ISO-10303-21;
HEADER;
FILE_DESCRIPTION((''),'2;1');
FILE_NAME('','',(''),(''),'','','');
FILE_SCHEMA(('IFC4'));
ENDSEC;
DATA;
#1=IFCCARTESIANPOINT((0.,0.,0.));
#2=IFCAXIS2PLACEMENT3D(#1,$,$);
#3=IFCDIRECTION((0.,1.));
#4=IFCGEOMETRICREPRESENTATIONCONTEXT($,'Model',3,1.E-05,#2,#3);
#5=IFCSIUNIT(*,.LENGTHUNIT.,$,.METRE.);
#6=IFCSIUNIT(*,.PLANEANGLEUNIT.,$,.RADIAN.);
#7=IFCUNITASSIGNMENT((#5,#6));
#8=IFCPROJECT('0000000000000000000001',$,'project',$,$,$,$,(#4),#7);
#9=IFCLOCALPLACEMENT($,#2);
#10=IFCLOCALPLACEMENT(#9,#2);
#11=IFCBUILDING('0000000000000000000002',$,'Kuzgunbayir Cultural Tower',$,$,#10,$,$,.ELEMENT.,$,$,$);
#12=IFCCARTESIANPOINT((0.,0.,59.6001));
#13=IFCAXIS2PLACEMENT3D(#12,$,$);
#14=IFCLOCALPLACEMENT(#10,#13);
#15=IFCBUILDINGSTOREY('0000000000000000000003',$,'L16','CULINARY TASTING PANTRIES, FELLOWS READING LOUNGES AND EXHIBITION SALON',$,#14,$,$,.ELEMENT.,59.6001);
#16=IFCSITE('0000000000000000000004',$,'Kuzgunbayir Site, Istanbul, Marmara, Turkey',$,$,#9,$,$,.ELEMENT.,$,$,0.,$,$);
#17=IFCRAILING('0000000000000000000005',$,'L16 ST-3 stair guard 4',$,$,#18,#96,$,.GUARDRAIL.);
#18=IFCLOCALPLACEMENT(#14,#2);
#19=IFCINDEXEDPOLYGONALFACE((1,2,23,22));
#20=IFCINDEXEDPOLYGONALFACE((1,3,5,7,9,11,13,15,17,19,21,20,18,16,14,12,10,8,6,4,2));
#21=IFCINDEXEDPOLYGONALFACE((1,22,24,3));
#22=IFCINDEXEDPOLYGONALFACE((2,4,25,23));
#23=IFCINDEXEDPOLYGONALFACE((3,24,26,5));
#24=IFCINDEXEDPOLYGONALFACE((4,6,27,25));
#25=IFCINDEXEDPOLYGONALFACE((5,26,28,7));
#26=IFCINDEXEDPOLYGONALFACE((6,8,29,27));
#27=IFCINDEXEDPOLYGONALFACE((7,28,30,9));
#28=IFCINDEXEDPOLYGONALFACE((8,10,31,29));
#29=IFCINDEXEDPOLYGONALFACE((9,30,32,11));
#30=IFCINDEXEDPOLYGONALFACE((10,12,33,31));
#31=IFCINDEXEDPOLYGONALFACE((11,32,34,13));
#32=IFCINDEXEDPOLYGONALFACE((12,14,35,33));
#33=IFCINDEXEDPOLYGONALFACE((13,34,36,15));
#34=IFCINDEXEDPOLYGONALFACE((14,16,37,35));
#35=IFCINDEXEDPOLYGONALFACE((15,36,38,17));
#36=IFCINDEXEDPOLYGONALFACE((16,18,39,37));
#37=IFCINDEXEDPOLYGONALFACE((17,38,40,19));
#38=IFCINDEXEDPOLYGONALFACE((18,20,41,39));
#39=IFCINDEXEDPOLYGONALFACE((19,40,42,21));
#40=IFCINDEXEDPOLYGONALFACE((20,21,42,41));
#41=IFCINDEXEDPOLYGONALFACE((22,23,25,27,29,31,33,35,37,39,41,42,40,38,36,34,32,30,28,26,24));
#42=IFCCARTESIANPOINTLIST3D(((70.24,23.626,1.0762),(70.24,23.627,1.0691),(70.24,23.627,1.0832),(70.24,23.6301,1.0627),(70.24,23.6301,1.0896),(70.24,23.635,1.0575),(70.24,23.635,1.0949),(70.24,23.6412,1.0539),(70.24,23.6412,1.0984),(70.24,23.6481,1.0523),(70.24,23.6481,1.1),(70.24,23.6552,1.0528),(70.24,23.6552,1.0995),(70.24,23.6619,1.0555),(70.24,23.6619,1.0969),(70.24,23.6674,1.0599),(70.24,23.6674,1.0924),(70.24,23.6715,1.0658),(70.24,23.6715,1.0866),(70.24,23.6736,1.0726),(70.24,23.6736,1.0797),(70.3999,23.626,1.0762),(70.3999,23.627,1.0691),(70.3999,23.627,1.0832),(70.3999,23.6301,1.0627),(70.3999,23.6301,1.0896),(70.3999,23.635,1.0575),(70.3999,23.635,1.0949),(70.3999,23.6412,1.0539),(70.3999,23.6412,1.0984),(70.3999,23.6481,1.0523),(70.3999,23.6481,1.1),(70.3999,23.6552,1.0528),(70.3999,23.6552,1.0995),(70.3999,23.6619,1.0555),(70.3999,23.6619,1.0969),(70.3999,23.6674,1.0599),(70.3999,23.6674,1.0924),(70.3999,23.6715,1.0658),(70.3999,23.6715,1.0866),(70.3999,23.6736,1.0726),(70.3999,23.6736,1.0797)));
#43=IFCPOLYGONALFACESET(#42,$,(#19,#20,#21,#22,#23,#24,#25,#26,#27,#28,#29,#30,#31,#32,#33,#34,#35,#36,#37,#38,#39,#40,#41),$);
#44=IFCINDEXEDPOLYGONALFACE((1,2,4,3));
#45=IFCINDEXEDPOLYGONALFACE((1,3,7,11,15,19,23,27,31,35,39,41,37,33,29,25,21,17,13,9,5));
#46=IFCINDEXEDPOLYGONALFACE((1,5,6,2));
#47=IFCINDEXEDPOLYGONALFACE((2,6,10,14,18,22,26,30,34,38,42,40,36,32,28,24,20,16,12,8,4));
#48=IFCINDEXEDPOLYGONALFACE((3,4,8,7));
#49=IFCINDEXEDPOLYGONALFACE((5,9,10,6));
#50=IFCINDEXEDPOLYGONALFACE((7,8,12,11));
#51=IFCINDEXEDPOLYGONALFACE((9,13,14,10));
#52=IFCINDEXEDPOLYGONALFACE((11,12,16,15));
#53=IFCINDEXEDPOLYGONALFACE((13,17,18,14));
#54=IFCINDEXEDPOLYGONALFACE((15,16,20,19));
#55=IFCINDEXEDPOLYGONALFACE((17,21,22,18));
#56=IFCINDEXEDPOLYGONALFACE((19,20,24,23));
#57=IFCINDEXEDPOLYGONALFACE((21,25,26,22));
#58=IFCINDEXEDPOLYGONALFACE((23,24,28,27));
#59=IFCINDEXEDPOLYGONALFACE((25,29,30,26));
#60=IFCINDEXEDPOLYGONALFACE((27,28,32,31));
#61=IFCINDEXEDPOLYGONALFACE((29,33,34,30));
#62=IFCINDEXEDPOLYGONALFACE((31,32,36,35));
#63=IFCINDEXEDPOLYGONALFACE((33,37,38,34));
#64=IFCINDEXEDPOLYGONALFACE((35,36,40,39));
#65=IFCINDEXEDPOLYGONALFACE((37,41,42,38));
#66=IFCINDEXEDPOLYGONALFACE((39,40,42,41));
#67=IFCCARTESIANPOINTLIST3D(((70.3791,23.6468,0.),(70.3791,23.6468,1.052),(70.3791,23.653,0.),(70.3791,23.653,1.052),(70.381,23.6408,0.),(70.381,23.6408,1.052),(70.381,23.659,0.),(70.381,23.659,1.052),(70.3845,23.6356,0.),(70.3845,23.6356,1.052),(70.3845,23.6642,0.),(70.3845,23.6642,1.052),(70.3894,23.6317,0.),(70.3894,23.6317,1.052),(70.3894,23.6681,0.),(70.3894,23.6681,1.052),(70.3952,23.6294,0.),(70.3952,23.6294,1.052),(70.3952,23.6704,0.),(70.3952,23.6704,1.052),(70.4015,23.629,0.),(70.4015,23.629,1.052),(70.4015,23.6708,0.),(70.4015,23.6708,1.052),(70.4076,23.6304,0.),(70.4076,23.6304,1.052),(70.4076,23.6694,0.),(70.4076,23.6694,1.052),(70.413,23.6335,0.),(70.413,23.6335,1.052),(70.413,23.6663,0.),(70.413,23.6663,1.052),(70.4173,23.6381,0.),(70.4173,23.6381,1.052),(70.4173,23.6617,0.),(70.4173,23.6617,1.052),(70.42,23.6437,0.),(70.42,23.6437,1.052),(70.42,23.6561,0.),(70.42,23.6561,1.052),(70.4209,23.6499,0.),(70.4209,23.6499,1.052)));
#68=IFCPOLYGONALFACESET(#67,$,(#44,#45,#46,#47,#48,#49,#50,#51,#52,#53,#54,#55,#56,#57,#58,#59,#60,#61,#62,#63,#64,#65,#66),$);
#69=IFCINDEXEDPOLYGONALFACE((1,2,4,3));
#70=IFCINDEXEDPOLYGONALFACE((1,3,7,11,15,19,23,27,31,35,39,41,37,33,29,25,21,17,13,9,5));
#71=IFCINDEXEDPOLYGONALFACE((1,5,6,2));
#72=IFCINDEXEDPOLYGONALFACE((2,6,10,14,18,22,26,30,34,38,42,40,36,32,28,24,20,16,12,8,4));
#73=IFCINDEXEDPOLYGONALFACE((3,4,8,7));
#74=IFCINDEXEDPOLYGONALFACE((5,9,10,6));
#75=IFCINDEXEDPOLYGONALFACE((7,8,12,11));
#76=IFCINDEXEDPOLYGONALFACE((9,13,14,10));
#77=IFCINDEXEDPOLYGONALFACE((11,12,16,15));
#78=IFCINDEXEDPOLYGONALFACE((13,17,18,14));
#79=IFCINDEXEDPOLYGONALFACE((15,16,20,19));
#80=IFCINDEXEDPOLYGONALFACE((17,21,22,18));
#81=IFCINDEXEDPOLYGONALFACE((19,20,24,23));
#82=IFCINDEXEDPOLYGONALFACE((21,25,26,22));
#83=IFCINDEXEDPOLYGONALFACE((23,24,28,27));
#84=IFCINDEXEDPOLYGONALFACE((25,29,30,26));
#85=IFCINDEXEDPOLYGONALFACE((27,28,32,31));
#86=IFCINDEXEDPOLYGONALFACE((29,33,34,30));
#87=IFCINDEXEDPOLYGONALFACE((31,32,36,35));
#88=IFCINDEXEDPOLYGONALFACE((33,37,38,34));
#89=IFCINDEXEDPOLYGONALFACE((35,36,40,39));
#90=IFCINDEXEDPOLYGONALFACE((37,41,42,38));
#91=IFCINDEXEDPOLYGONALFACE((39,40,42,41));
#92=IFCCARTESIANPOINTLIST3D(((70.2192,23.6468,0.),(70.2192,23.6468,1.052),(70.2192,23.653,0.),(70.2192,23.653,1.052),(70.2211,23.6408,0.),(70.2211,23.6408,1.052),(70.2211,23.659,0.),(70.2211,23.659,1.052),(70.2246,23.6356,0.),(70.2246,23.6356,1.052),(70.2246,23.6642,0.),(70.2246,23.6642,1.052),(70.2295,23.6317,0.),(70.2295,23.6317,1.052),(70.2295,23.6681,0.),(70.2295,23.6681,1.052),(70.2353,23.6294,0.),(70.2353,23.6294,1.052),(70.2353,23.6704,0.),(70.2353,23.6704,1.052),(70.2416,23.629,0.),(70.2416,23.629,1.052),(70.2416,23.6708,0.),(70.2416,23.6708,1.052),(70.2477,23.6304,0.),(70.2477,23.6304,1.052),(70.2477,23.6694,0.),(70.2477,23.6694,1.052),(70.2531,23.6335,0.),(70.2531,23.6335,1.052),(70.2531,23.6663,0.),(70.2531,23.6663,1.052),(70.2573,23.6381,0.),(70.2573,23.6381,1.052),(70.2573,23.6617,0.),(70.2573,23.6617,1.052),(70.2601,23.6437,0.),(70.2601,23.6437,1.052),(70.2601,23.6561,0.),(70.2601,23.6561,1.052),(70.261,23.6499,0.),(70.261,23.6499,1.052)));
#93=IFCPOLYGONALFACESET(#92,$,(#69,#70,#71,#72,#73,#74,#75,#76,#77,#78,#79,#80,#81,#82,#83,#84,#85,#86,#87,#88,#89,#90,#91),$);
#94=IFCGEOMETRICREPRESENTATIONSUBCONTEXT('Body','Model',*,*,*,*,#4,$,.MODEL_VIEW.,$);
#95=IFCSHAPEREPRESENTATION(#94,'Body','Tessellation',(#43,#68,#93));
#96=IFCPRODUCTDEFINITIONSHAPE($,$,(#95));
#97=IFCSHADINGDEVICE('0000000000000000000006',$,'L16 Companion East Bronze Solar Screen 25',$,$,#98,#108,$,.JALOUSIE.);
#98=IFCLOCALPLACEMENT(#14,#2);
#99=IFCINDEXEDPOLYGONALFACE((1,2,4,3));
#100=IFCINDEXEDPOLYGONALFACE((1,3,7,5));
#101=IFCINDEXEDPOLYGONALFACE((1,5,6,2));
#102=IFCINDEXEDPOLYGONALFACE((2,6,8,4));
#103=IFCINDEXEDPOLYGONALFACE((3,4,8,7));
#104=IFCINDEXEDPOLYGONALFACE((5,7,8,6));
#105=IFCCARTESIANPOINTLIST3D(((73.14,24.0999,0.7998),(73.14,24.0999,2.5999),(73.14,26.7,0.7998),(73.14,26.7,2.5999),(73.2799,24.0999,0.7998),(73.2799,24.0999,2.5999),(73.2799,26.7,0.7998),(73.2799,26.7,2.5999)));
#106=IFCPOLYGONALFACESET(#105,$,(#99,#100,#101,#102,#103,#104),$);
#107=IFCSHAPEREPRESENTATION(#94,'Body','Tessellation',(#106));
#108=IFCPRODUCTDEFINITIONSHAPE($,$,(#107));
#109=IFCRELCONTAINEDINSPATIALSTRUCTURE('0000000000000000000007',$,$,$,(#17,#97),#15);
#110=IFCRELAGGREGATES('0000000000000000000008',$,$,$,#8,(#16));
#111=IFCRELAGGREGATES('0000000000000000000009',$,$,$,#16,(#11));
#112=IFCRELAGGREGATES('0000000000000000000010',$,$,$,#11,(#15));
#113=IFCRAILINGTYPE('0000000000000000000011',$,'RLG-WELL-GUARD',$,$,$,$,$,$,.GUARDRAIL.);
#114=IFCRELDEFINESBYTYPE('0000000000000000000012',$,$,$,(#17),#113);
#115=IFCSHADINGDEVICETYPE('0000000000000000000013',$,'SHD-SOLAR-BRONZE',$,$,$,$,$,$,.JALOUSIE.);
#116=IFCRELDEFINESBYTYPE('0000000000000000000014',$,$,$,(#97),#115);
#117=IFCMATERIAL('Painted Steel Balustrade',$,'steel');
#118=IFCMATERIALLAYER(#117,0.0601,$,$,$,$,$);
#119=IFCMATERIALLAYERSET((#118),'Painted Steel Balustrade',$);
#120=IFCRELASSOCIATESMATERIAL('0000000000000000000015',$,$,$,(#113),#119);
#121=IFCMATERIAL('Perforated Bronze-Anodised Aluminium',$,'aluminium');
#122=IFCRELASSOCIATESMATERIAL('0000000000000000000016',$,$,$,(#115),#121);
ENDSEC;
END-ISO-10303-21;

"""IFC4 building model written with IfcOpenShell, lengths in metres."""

from ifc_helpers import new_model, si_unit, direction, frame, origin, origin_2d, place, context, subcontext, project, spatial, rectangle, circle, extrude, material, layer, layer_set, type_object, element, save


model = new_model("IFC4")

# Units and contexts
model_context = context("Model", 3, precision=1e-05, world=origin(), true_north=direction((0.0, 1.0)))
body_context = subcontext(model_context, "Body", "Model", "MODEL_VIEW")
ifc_project = project(units=[si_unit("LENGTHUNIT", "METRE"), si_unit("PLANEANGLEUNIT", "RADIAN")], contexts=[model_context])

# Site, building, storey
site_placement = place(None, origin())
site = spatial("IfcSite", under=ifc_project, at=site_placement, Name="Kuzgunbayir Site, Istanbul, Marmara, Turkey", CompositionType="ELEMENT", RefElevation=0.0)
building_placement = place(site_placement, origin())
building = spatial("IfcBuilding", under=site, at=building_placement, Name="Kuzgunbayir Cultural Tower", CompositionType="ELEMENT")
storey_placement = place(building_placement, frame((0.0, 0.0, 59.6001)))
storey = spatial("IfcBuildingStorey", under=building, at=storey_placement, Name="L16", Description="CULINARY TASTING PANTRIES, FELLOWS READING LOUNGES AND EXHIBITION SALON", CompositionType="ELEMENT", Elevation=59.6001)

# Railing
ifc_material_1 = material(Name="Painted Steel Balustrade", Category="steel")
ifc_layer_1 = layer(ifc_material_1, 0.0601)
ifc_layer_set_1 = layer_set([ifc_layer_1], Name="Painted Steel Balustrade")
railing_type_1 = type_object("IfcRailingType", Name="RLG-WELL-GUARD", PredefinedType="GUARDRAIL", material=ifc_layer_set_1)
railing_1_placement = place(storey_placement, frame((70.3999, 23.6499, 0.0)))
element("IfcRailing", 1, at=railing_1_placement, inside=storey, type_object=railing_type_1, Name="L16 ST-3 stair guard 4", PredefinedType="GUARDRAIL", context=body_context, shape_type="SweptSolid", body=[
    extrude(circle(Radius=0.0239, at=origin_2d()), frame((0.0, 0.0, 1.0762), z_axis=(-1.0, 0.0, 0.0), x_axis=(0.0, -1.0, 0.0)), (0.0, 0.0, 1.0), 0.1599),
    extrude(circle(Radius=0.021, at=origin_2d()), origin(), (0.0, 0.0, 1.0), 1.052),
    extrude(circle(Radius=0.021, at=origin_2d()), frame((-0.1599, 0.0, 0.0)), (0.0, 0.0, 1.0), 1.052),
])

# Shading device
ifc_material_2 = material(Name="Perforated Bronze-Anodised Aluminium", Category="aluminium")
shading_device_type = type_object("IfcShadingDeviceType", Name="SHD-SOLAR-BRONZE", PredefinedType="JALOUSIE", material=ifc_material_2)
shading_device_placement = place(storey_placement, frame((73.21, 25.3999, 0.7998), z_axis=(0.0, 0.0, 1.0), x_axis=(1.0, 0.0, 0.0)))
element("IfcShadingDevice", 2, at=shading_device_placement, inside=storey, type_object=shading_device_type, Name="L16 Companion East Bronze Solar Screen 25", PredefinedType="JALOUSIE", context=body_context, shape_type="SweptSolid", body=[
    extrude(rectangle(XDim=0.1399, YDim=2.6001, at=origin_2d()), origin(), (0.0, 0.0, 1.0), 1.8),
])

save(model, "model.ifc")
